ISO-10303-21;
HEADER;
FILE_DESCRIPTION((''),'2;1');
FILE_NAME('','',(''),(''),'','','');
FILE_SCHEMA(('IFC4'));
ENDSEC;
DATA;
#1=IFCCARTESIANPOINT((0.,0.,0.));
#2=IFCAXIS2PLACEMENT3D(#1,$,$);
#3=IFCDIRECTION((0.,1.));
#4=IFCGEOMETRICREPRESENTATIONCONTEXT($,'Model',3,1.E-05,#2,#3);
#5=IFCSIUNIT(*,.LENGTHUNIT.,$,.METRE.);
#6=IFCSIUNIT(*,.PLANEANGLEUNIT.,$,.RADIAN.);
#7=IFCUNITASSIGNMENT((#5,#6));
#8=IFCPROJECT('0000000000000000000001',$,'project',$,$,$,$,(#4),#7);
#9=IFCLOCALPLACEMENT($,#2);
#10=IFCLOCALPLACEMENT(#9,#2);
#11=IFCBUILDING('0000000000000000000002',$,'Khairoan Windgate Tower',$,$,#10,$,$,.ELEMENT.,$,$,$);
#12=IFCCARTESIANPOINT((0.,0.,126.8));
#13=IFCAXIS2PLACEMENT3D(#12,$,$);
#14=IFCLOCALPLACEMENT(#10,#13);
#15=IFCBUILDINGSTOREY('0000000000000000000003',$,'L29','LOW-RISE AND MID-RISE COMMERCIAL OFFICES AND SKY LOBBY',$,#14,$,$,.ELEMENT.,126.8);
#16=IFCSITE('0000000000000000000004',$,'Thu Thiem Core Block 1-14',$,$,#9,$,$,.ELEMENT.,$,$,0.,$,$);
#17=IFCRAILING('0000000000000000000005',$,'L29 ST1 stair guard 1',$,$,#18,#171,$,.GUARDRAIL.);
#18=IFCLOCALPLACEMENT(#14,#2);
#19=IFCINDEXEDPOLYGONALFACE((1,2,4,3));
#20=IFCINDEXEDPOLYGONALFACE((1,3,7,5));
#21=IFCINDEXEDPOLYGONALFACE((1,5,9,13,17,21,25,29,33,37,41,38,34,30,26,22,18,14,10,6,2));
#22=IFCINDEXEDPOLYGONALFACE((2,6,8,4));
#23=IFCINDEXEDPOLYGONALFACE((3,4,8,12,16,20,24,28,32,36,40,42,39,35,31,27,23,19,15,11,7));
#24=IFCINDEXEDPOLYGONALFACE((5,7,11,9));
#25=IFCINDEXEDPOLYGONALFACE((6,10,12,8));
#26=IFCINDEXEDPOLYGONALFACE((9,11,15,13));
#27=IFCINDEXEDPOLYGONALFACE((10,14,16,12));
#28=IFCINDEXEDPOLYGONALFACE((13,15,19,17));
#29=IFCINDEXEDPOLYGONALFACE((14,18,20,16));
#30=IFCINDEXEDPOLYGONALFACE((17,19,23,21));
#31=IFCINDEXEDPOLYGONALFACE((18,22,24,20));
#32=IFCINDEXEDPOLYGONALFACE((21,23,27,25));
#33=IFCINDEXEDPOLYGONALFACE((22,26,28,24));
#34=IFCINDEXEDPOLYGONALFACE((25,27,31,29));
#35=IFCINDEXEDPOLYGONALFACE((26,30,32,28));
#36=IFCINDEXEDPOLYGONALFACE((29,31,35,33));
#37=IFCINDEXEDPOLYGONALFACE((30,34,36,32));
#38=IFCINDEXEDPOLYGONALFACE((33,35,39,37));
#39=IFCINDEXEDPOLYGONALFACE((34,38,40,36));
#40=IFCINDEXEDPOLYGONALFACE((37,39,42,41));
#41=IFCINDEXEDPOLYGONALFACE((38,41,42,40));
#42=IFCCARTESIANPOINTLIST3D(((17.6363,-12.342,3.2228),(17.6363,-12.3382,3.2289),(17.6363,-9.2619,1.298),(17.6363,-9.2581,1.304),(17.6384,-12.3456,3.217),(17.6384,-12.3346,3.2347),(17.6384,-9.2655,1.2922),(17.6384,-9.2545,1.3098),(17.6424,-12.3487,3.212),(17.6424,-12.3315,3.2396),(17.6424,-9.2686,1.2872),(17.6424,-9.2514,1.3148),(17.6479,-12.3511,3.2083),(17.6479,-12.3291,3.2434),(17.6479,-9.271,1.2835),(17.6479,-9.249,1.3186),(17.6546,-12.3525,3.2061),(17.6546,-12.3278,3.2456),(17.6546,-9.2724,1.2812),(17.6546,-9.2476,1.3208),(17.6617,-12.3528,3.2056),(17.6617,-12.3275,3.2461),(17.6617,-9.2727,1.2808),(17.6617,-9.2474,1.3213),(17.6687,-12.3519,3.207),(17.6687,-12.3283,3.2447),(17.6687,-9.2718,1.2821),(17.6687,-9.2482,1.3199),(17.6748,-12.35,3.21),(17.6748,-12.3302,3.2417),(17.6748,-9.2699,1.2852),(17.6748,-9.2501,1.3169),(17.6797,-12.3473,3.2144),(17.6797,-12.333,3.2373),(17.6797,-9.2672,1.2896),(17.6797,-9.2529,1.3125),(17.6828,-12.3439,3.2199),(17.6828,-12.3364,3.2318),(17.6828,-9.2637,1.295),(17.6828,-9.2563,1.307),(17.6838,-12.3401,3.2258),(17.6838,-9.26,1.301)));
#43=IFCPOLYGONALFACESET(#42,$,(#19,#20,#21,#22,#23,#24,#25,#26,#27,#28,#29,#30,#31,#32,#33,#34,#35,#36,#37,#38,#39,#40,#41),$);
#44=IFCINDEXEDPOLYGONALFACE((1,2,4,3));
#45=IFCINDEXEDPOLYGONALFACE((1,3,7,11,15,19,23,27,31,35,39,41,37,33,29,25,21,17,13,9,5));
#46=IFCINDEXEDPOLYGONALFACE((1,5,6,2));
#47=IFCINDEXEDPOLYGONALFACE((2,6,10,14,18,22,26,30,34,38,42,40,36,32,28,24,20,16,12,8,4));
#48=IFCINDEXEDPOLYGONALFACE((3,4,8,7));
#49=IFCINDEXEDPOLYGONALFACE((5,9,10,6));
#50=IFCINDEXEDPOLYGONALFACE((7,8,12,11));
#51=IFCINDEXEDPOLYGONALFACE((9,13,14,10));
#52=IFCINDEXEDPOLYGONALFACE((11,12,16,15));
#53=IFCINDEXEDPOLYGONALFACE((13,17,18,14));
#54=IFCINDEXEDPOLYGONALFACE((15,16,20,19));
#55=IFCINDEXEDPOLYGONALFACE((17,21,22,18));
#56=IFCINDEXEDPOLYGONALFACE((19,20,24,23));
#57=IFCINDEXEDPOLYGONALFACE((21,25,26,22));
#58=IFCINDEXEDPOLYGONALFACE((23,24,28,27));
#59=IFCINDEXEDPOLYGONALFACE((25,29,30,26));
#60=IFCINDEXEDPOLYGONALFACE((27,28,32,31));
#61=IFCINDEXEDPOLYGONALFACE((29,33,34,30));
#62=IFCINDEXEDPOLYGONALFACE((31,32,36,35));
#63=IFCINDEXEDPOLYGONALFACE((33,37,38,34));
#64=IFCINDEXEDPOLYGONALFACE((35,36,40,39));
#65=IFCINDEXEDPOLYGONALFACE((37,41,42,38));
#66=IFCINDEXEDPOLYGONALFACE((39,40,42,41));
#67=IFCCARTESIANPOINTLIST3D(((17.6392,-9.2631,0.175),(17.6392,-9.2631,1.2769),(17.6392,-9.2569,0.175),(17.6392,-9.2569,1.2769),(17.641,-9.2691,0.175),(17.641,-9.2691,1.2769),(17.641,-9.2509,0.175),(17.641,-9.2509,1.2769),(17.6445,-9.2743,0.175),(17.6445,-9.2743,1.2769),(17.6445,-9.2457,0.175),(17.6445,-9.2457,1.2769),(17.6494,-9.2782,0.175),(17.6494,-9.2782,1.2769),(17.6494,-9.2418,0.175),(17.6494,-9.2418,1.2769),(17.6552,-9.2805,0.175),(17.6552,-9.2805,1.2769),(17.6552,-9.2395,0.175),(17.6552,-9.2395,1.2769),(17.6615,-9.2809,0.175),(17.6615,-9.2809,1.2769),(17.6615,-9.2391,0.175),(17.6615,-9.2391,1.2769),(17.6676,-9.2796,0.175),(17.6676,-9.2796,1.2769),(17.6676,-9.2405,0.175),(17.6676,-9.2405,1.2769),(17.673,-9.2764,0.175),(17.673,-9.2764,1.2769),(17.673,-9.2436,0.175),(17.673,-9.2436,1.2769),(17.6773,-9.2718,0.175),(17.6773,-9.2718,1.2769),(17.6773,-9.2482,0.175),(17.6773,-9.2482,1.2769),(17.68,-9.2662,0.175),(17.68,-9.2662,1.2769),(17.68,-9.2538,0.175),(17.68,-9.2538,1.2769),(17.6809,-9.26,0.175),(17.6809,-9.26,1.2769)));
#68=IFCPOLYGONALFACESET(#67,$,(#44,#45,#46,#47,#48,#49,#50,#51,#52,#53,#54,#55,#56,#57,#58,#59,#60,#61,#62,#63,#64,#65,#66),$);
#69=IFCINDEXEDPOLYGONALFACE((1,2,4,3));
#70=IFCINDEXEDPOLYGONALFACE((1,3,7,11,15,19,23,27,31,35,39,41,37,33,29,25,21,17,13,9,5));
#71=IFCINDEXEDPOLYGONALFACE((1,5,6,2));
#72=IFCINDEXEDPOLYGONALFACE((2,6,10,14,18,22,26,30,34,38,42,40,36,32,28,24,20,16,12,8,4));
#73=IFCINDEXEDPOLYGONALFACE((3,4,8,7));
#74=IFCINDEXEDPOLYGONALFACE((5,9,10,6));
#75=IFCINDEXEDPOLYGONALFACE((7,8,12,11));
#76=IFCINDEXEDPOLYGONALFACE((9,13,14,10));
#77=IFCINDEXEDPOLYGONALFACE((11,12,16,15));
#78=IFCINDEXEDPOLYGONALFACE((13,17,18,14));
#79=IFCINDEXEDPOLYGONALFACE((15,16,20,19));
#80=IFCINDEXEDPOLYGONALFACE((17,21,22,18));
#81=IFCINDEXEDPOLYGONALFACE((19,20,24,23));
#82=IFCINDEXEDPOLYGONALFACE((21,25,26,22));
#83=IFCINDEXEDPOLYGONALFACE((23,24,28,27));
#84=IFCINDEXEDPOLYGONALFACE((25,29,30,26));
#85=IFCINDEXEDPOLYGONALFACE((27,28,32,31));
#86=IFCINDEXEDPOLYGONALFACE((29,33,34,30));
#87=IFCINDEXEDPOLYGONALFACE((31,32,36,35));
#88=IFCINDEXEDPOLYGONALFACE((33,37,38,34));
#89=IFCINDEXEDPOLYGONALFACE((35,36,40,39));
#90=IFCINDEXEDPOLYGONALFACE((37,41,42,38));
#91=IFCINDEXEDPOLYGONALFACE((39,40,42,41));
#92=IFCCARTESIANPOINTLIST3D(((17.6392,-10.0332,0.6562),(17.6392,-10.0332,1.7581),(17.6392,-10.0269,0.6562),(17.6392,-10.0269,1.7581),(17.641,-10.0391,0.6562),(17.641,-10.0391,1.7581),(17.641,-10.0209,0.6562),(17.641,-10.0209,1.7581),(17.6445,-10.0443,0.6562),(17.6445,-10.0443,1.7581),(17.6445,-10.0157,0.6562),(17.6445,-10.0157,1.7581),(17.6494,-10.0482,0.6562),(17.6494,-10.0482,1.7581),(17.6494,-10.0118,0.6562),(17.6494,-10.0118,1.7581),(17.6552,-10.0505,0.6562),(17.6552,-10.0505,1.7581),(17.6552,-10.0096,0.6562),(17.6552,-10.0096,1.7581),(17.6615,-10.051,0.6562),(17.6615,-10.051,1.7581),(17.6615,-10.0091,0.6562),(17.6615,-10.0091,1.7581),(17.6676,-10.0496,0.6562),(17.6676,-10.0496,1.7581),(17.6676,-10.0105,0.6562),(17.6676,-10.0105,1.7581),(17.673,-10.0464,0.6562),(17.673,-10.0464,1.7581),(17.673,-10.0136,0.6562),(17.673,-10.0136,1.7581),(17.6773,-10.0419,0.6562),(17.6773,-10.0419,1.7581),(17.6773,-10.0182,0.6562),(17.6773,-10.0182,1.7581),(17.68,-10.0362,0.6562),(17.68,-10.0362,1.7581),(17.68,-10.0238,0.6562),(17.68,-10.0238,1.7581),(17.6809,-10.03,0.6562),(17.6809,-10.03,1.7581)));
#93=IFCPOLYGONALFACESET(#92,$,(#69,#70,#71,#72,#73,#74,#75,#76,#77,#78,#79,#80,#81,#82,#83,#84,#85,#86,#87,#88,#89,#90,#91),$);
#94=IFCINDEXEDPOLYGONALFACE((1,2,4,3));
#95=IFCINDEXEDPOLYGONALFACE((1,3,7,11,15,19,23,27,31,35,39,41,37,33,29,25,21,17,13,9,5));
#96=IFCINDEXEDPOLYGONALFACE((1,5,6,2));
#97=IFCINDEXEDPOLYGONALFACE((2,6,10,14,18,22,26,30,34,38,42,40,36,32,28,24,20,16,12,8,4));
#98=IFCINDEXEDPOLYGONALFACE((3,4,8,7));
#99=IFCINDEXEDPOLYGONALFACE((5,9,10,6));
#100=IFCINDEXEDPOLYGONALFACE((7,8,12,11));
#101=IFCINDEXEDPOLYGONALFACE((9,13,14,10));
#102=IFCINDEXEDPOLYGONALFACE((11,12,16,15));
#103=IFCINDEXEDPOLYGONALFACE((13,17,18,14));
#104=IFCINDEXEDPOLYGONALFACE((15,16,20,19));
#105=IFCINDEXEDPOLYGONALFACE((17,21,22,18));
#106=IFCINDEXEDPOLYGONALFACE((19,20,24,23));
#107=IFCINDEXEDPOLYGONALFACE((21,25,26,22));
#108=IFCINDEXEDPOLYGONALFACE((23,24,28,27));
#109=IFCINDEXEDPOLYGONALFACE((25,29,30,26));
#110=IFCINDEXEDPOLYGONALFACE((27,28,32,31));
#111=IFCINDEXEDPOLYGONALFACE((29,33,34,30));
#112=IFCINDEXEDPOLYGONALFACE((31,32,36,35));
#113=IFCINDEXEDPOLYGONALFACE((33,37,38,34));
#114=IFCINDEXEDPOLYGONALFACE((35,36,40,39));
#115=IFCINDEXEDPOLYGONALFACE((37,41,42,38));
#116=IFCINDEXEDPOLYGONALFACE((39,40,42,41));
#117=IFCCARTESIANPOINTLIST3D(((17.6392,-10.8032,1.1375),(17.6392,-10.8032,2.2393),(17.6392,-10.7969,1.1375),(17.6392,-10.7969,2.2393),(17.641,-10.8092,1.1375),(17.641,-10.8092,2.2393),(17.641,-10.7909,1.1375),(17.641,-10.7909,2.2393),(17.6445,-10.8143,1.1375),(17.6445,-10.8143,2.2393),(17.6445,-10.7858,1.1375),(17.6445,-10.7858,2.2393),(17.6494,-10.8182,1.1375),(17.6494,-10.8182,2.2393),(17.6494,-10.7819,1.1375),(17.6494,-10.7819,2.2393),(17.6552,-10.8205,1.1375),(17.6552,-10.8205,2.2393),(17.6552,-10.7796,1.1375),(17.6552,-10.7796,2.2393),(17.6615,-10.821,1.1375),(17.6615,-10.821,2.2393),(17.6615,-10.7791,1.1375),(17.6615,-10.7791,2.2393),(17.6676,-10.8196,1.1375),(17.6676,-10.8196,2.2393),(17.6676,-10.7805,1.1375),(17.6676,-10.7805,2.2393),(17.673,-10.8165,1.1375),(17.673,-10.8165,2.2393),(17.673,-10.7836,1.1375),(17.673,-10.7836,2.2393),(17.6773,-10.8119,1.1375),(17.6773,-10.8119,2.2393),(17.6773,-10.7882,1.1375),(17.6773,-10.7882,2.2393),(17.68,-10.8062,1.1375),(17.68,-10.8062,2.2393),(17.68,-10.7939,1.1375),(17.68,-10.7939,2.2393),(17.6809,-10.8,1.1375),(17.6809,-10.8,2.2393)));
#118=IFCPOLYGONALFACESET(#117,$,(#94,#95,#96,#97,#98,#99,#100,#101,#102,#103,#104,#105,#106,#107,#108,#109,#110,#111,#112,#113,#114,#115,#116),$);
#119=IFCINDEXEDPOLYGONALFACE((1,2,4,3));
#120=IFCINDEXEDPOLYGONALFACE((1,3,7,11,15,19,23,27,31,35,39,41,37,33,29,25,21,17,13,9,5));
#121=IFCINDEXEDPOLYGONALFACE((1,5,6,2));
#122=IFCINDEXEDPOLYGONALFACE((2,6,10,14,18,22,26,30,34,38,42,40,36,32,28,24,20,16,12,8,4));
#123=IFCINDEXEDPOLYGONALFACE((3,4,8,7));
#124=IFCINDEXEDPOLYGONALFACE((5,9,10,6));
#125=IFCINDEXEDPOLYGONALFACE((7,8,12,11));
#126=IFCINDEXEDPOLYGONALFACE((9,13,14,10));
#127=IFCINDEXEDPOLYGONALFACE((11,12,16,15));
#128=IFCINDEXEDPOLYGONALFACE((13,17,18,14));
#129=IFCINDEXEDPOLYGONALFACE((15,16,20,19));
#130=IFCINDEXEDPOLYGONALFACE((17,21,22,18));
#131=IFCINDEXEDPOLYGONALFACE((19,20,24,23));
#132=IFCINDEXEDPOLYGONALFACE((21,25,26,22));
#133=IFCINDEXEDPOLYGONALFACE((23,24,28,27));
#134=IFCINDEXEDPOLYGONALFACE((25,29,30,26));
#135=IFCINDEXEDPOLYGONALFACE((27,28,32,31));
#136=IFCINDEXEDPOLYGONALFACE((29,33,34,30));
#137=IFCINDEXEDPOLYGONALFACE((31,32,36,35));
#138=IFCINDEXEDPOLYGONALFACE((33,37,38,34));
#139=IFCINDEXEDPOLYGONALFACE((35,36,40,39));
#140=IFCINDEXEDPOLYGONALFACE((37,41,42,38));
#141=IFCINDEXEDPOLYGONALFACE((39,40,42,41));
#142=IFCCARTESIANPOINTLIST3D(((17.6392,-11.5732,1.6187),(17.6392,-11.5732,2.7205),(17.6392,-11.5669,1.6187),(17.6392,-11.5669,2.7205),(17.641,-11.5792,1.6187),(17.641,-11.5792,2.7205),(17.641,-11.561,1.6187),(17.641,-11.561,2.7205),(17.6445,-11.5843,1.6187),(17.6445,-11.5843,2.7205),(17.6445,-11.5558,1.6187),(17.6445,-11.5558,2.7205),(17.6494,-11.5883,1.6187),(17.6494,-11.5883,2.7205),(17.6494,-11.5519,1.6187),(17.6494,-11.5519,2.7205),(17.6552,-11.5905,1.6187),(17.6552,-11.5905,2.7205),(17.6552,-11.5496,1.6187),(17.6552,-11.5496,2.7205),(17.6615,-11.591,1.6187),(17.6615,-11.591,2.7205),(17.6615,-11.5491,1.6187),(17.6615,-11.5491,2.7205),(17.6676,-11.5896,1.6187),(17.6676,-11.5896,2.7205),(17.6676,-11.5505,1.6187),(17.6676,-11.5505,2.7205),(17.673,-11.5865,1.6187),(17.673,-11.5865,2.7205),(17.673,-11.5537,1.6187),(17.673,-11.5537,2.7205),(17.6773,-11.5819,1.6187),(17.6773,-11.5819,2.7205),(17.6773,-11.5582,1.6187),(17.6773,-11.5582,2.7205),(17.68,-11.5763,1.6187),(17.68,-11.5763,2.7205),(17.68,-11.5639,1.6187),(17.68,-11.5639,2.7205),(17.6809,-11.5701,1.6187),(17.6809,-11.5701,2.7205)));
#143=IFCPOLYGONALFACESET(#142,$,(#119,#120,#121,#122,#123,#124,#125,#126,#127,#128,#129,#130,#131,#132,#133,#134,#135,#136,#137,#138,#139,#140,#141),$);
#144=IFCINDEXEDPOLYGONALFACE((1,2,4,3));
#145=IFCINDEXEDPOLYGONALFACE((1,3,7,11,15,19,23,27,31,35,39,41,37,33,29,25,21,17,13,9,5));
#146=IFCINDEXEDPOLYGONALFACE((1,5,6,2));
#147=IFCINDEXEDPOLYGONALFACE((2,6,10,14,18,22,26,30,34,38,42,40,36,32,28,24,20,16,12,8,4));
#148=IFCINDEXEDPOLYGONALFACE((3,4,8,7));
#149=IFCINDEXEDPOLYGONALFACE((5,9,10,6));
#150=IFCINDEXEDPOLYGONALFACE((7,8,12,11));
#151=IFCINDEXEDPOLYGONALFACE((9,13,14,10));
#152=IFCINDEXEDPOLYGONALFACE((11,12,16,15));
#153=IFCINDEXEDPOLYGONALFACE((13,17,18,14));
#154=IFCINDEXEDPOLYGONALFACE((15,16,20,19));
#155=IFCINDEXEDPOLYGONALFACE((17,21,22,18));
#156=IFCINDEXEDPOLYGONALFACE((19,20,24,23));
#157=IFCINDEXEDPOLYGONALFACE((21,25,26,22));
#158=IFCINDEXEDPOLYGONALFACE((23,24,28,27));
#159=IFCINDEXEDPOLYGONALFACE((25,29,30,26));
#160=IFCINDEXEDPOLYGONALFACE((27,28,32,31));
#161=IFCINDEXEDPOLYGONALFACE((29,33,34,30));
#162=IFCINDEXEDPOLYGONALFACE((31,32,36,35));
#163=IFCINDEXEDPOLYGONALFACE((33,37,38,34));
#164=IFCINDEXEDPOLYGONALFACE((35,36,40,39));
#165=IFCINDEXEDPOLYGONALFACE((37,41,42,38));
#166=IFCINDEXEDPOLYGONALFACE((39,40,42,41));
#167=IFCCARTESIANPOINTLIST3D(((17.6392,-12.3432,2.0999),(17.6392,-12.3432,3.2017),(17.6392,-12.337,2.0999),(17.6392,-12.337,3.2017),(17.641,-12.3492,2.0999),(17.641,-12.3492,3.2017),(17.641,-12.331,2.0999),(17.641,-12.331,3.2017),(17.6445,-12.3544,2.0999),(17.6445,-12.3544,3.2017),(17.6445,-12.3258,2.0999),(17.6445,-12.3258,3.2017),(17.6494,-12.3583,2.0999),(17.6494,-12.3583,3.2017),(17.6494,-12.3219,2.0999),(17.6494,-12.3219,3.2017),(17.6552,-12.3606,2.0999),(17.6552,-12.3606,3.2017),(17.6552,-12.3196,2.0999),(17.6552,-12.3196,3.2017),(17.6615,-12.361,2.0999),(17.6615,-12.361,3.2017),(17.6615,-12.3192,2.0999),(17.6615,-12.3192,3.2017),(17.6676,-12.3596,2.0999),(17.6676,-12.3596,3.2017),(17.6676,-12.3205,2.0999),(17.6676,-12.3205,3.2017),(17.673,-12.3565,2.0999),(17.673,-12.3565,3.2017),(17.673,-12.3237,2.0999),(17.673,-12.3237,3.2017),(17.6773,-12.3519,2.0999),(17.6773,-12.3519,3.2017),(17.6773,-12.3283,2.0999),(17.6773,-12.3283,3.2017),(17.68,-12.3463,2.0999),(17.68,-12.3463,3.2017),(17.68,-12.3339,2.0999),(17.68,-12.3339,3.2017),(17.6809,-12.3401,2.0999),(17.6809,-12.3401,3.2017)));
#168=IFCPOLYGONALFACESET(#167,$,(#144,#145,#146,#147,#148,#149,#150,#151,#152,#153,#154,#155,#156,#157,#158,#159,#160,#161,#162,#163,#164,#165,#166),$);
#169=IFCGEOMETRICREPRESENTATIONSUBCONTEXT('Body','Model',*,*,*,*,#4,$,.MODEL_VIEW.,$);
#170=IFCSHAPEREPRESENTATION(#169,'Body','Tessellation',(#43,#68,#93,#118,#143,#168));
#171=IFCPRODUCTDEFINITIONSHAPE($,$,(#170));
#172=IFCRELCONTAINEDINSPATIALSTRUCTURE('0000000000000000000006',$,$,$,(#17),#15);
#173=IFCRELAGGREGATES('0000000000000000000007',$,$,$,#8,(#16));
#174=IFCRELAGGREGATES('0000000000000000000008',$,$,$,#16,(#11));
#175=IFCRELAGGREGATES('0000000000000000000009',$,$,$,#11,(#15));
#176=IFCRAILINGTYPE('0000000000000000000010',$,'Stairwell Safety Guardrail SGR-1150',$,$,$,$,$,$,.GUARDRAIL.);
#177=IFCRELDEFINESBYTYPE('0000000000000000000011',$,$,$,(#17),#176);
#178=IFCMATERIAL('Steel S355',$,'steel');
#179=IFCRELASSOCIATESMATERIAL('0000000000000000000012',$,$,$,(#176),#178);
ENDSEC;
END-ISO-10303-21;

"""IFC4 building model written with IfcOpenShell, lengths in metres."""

from ifc_helpers import new_model, si_unit, direction, frame, origin, origin_2d, place, context, subcontext, project, spatial, circle, extrude, material, type_object, element, save


model = new_model("IFC4")

# Units and contexts
model_context = context("Model", 3, precision=1e-05, world=origin(), true_north=direction((0.0, 1.0)))
body_context = subcontext(model_context, "Body", "Model", "MODEL_VIEW")
ifc_project = project(units=[si_unit("LENGTHUNIT", "METRE"), si_unit("PLANEANGLEUNIT", "RADIAN")], contexts=[model_context])

# Site, building, storey
site_placement = place(None, origin())
site = spatial("IfcSite", under=ifc_project, at=site_placement, Name="Thu Thiem Core Block 1-14", CompositionType="ELEMENT", RefElevation=0.0)
building_placement = place(site_placement, origin())
building = spatial("IfcBuilding", under=site, at=building_placement, Name="Khairoan Windgate Tower", CompositionType="ELEMENT")
storey_placement = place(building_placement, frame((0.0, 0.0, 126.8)))
storey = spatial("IfcBuildingStorey", under=building, at=storey_placement, Name="L29", Description="LOW-RISE AND MID-RISE COMMERCIAL OFFICES AND SKY LOBBY", CompositionType="ELEMENT", Elevation=126.8)

# Railing
ifc_material_1 = material(Name="Steel S355", Category="steel")
railing_type_1 = type_object("IfcRailingType", Name="Stairwell Safety Guardrail SGR-1150", PredefinedType="GUARDRAIL", material=ifc_material_1)
railing_1_placement = place(storey_placement, frame((17.6599, -9.26, 0.175)))
element("IfcRailing", 1, at=railing_1_placement, inside=storey, type_object=railing_type_1, Name="L29 ST1 stair guard 1", PredefinedType="GUARDRAIL", context=body_context, shape_type="SweptSolid", body=[
    extrude(circle(Radius=0.0239, at=origin_2d()), frame((0.0, 0.0, 1.126), z_axis=(0.0, -0.848029, 0.529951), x_axis=(1.0, 0.0, 0.0)), (0.0, 0.0, 1.0), 3.6321),
    extrude(circle(Radius=0.021, at=origin_2d()), origin(), (0.0, 0.0, 1.0), 1.1018),
    extrude(circle(Radius=0.021, at=origin_2d()), frame((0.0, -0.77, 0.4812)), (0.0, 0.0, 1.0), 1.1018),
    extrude(circle(Radius=0.021, at=origin_2d()), frame((0.0, -1.54, 0.9624)), (0.0, 0.0, 1.0), 1.1018),
    extrude(circle(Radius=0.021, at=origin_2d()), frame((0.0, -2.3101, 1.4436)), (0.0, 0.0, 1.0), 1.1018),
    extrude(circle(Radius=0.021, at=origin_2d()), frame((0.0, -3.0801, 1.9248)), (0.0, 0.0, 1.0), 1.1018),
])

save(model, "model.ifc")
